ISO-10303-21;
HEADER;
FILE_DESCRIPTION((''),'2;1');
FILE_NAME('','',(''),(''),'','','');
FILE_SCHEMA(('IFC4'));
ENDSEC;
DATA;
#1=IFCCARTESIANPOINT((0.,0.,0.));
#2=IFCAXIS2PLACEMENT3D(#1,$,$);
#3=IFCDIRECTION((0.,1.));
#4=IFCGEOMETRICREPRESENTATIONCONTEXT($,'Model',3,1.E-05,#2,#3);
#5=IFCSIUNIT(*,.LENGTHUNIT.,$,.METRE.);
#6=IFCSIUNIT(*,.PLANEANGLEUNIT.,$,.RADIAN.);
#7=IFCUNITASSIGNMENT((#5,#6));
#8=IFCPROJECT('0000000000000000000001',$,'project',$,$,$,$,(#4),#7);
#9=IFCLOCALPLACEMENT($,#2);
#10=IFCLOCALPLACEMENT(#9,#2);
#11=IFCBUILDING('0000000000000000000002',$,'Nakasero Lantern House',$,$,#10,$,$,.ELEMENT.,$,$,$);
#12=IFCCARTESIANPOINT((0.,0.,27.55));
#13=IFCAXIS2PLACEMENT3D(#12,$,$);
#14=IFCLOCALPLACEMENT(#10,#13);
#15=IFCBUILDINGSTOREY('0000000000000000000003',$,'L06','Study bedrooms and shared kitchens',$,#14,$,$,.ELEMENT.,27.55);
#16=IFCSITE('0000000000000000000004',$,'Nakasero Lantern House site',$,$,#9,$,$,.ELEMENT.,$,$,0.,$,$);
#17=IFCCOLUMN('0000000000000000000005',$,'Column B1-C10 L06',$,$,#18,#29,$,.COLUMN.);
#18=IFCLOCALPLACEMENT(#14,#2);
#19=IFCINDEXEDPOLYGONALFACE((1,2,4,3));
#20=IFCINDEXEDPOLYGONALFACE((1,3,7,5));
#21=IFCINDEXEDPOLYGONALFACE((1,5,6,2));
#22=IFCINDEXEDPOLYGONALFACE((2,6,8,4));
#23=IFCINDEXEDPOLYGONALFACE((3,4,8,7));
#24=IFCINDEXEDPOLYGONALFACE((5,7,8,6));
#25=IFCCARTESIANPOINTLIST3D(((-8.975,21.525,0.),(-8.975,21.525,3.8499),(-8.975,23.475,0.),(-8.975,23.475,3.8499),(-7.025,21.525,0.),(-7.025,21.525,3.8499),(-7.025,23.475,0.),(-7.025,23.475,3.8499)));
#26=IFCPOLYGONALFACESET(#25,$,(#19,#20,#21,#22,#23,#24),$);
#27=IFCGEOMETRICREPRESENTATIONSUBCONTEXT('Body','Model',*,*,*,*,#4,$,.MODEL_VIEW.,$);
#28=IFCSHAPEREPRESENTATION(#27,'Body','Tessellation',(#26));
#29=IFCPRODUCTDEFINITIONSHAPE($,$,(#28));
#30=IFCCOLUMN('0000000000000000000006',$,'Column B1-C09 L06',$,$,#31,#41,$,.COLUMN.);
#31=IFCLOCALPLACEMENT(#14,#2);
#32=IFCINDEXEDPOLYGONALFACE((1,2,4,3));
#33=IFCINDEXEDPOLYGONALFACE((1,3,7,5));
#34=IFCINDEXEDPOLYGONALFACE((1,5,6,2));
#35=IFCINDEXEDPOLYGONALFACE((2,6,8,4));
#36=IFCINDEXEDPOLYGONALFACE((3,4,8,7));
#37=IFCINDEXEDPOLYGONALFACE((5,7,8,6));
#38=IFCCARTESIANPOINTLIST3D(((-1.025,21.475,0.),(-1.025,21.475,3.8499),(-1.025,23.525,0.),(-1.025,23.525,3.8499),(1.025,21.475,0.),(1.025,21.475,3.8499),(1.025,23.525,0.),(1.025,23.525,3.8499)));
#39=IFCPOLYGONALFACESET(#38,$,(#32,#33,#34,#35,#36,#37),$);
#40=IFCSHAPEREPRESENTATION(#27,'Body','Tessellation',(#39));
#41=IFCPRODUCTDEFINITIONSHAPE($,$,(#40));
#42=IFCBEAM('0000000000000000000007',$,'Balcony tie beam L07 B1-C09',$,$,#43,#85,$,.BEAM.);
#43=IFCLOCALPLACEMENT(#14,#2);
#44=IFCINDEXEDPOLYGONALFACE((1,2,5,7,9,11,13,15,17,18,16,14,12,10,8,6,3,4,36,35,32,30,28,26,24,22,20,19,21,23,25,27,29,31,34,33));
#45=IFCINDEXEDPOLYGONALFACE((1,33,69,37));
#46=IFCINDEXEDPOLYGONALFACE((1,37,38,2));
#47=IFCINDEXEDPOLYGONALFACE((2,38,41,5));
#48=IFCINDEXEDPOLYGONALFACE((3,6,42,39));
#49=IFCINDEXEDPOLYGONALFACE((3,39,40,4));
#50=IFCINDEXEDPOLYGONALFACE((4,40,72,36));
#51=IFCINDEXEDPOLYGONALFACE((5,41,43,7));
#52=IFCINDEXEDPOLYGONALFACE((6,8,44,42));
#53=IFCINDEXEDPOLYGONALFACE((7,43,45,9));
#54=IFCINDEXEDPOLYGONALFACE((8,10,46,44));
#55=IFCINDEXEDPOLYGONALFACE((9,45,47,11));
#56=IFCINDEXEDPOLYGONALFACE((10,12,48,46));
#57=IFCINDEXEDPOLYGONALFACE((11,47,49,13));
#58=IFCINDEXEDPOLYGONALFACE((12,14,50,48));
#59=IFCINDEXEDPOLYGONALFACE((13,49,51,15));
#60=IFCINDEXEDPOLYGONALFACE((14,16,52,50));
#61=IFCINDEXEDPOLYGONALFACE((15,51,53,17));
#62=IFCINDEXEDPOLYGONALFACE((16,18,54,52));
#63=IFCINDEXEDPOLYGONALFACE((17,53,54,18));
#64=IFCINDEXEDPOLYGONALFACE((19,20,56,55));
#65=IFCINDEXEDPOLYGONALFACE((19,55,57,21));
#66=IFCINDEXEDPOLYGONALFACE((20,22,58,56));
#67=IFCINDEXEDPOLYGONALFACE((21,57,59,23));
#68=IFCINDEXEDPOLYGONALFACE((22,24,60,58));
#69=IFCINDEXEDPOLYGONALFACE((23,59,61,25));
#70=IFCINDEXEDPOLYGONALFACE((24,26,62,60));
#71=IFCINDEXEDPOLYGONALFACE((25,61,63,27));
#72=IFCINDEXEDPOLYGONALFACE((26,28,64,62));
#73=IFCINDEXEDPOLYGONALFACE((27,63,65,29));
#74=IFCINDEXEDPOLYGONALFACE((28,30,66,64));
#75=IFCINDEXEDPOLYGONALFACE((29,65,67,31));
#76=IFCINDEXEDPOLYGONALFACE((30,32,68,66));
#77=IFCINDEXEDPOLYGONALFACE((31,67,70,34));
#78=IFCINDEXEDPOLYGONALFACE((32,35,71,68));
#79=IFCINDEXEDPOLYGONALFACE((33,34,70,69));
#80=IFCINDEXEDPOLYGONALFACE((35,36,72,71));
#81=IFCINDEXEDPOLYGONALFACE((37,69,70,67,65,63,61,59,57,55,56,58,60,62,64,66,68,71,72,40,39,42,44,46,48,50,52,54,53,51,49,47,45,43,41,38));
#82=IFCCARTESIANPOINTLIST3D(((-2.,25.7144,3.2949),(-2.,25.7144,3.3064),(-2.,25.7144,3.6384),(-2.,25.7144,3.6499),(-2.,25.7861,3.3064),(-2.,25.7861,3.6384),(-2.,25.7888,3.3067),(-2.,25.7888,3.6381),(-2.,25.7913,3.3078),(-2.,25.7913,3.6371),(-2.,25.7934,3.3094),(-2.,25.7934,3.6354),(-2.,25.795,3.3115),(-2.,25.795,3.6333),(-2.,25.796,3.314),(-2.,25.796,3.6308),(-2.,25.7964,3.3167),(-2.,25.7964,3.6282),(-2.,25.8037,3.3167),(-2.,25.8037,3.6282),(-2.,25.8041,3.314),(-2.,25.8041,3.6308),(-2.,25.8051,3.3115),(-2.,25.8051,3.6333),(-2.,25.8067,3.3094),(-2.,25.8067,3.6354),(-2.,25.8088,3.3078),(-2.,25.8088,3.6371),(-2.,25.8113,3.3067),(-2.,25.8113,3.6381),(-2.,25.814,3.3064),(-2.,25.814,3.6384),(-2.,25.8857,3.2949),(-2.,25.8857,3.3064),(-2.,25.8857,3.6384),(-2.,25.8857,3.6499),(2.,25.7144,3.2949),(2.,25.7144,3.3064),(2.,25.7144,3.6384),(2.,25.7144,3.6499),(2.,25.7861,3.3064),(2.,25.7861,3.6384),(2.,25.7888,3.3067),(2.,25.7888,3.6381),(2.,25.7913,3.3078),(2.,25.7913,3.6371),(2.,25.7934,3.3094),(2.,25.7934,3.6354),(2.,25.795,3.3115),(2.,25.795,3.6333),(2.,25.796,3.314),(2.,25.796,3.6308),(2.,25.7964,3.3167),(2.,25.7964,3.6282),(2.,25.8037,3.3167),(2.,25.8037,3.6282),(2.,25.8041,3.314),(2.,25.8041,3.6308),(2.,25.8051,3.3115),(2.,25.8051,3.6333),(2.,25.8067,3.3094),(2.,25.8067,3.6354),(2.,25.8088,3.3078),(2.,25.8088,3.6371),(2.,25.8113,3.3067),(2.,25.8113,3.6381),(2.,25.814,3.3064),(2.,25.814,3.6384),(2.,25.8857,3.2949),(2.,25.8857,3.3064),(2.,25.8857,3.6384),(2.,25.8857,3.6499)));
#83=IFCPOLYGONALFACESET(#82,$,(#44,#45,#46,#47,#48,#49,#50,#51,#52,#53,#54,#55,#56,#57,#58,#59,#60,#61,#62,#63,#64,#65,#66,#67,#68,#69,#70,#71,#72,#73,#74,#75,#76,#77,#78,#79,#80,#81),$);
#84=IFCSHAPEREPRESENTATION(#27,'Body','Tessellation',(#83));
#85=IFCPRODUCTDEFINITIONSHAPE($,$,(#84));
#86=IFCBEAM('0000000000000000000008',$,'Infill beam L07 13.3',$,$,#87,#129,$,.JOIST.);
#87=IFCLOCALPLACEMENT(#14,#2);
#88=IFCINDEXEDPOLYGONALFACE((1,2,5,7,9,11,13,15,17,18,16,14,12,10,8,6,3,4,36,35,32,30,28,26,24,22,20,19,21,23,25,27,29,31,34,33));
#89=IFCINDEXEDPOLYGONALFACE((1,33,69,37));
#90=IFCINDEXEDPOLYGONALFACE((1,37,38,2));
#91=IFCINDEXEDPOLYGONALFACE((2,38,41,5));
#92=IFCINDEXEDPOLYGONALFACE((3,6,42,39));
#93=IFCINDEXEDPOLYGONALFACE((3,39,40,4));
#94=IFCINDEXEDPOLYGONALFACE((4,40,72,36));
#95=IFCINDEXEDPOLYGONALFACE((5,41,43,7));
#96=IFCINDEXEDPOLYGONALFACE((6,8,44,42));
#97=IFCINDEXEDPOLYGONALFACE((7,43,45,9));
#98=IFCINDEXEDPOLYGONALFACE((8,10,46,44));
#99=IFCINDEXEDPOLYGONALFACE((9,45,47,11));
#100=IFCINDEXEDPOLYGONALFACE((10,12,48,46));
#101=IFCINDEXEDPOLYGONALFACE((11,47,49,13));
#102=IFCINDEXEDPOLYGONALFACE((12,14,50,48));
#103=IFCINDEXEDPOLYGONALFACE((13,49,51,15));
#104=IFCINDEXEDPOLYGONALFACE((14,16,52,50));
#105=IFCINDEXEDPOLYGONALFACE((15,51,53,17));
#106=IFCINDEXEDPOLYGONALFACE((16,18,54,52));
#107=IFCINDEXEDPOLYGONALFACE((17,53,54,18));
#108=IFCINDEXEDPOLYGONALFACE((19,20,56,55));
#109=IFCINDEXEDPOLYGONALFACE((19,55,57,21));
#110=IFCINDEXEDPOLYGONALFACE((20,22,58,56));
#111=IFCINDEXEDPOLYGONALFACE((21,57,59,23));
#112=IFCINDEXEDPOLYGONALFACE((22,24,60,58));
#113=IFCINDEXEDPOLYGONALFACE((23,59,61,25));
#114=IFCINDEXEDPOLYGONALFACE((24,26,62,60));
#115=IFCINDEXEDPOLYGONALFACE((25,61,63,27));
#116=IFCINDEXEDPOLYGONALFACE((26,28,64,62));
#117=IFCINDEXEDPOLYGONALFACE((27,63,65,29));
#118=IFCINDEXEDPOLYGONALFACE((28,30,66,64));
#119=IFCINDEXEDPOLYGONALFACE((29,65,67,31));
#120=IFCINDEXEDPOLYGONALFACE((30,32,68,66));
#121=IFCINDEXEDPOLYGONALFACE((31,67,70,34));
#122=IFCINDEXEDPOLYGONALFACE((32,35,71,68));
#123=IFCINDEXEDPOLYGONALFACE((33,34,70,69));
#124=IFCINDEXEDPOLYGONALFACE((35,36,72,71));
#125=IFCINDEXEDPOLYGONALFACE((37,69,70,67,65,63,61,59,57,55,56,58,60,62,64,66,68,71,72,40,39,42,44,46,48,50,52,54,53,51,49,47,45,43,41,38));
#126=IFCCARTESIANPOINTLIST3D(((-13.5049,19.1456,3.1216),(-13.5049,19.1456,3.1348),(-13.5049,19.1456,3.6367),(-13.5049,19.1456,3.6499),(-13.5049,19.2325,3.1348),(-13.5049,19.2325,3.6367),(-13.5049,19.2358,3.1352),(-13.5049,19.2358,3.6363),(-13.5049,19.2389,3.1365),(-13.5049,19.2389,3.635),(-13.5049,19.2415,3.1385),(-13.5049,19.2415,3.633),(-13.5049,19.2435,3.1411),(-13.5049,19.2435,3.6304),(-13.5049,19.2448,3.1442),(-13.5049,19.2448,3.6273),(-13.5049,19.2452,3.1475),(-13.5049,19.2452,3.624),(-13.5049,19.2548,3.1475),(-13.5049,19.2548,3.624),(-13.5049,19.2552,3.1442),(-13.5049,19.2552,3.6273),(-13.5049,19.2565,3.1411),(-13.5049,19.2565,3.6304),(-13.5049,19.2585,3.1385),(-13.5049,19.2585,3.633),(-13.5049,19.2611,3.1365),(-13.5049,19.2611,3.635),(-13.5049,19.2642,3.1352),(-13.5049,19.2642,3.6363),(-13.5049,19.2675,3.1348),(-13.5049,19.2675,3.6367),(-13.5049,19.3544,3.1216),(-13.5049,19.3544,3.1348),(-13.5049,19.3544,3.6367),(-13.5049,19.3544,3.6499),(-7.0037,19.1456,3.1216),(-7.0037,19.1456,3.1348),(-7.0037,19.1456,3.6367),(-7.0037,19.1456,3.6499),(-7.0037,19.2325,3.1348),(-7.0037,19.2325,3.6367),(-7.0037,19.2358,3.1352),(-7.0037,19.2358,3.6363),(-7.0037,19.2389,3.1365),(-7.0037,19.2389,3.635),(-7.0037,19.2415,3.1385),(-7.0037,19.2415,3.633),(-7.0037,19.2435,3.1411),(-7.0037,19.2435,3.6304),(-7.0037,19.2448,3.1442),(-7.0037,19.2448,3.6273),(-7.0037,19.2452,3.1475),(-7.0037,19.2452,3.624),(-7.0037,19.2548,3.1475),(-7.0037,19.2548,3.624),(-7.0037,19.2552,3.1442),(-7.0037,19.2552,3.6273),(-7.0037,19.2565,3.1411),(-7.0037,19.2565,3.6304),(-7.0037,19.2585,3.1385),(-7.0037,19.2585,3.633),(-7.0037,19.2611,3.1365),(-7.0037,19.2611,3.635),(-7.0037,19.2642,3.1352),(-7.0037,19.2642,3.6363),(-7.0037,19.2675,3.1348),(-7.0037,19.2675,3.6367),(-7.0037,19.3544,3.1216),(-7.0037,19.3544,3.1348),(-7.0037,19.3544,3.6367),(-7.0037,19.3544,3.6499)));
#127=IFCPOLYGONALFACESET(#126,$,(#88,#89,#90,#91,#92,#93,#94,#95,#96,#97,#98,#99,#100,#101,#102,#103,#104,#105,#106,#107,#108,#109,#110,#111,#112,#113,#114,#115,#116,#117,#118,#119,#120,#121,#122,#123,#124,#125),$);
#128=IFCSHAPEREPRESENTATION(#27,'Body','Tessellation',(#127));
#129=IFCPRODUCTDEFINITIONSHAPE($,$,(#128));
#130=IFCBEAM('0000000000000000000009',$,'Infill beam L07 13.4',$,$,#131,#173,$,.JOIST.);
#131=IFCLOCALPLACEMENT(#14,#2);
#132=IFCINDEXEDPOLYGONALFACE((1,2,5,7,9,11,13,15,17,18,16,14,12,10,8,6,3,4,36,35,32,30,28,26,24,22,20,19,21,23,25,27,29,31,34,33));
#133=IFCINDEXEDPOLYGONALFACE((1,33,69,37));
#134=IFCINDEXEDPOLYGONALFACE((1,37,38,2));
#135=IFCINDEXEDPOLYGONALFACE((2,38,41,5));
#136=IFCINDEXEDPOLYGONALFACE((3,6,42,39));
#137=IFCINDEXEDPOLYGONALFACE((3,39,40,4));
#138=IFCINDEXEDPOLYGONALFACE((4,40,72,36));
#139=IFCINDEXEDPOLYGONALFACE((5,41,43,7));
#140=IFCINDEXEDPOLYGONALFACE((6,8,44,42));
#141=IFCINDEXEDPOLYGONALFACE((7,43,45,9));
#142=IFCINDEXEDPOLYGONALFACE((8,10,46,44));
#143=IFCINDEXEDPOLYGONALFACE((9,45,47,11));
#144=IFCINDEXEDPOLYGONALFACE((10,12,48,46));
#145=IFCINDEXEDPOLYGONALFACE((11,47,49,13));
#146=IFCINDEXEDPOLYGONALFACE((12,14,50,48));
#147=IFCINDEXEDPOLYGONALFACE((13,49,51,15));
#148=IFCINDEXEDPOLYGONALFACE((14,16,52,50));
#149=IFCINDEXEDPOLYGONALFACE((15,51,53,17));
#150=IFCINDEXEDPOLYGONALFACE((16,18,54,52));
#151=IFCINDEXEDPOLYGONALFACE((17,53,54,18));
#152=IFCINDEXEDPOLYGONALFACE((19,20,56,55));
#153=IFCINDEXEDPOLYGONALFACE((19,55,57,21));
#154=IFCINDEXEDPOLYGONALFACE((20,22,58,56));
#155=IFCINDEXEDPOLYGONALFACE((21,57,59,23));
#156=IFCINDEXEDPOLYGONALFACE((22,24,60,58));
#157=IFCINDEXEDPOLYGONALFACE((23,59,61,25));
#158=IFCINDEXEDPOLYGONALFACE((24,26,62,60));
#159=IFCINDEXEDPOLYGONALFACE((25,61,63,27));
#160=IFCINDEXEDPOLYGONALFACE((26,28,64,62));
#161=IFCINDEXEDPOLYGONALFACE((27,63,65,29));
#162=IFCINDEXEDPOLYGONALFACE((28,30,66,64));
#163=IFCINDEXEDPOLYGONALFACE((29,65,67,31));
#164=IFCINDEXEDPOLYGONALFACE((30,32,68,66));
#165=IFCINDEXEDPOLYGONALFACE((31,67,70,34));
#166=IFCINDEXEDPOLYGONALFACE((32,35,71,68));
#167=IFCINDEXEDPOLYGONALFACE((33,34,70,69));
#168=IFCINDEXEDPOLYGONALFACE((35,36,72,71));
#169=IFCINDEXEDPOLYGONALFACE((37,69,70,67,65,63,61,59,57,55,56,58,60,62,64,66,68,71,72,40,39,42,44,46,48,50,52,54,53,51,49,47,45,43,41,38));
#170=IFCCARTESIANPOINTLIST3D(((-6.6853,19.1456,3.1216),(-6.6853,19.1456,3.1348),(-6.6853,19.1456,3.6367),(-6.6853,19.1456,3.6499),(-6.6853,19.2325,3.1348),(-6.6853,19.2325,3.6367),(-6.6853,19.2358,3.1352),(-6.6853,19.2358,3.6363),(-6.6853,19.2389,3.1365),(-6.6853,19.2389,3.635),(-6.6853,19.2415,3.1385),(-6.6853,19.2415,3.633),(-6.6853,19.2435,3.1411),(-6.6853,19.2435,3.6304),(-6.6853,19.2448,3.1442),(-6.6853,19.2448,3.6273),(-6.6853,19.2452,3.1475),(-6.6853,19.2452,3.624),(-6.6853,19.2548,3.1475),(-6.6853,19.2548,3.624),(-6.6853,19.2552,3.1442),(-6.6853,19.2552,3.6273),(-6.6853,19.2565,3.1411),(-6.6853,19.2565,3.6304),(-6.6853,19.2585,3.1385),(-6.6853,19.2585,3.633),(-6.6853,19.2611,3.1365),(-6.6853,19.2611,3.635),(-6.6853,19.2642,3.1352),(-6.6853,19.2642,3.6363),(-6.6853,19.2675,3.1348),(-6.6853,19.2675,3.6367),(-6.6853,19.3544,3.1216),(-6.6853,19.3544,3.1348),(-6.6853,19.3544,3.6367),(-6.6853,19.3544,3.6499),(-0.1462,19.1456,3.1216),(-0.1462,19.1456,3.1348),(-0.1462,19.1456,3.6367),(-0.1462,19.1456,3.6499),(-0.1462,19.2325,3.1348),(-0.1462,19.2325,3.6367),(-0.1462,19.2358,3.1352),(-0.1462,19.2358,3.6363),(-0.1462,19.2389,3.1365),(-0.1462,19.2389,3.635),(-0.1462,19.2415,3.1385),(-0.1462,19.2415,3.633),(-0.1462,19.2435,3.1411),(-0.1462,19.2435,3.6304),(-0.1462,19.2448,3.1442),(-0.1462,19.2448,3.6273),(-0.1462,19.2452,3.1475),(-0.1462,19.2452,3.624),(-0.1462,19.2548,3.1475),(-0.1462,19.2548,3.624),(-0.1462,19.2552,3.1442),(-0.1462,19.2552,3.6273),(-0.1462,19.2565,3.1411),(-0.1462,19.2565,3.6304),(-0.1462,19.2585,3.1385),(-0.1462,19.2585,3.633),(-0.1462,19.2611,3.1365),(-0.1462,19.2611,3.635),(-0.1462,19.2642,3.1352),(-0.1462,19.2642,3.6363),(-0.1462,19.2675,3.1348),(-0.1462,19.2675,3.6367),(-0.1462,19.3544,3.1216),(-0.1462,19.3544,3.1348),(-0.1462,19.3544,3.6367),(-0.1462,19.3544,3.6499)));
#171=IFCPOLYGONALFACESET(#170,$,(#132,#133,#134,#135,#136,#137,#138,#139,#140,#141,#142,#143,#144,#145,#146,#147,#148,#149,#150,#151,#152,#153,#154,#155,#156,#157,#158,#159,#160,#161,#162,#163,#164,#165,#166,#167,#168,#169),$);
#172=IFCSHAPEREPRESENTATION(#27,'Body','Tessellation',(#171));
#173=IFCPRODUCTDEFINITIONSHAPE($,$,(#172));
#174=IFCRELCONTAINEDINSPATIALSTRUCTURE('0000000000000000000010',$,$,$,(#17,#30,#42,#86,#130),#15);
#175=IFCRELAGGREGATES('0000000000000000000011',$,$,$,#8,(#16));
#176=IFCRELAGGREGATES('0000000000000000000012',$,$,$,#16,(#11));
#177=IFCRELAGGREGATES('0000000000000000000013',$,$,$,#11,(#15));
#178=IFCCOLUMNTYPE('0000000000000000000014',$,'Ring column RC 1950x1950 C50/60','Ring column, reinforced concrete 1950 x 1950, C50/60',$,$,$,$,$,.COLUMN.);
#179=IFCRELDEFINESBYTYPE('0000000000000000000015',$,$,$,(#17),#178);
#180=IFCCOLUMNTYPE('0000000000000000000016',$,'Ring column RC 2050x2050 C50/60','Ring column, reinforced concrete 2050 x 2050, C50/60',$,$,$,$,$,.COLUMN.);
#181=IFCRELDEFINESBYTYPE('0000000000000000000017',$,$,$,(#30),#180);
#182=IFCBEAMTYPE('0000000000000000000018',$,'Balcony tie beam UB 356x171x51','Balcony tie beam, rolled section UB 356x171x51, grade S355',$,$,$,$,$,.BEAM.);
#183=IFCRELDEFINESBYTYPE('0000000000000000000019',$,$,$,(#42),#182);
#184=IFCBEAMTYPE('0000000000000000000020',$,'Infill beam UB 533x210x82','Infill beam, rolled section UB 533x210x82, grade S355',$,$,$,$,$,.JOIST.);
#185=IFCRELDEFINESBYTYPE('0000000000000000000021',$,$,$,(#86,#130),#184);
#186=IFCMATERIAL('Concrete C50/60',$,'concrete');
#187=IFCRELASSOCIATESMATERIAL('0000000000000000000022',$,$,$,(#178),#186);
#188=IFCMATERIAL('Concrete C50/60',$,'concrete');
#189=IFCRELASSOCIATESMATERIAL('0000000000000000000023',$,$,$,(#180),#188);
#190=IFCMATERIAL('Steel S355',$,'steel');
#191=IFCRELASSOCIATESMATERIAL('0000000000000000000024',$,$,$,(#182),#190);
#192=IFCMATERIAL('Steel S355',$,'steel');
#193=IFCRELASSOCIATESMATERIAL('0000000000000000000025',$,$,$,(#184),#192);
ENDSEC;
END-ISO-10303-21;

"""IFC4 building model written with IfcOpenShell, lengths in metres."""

from ifc_helpers import new_model, si_unit, direction, frame, origin, origin_2d, place, context, subcontext, project, spatial, rectangle, i_section, extrude, material, material_profile, profile_set, type_object, element, save


model = new_model("IFC4")

# Units and contexts
model_context = context("Model", 3, precision=1e-05, world=origin(), true_north=direction((0.0, 1.0)))
body_context = subcontext(model_context, "Body", "Model", "MODEL_VIEW")
ifc_project = project(units=[si_unit("LENGTHUNIT", "METRE"), si_unit("PLANEANGLEUNIT", "RADIAN")], contexts=[model_context])

# Site, building, storey
site_placement = place(None, origin())
site = spatial("IfcSite", under=ifc_project, at=site_placement, Name="Nakasero Lantern House site", CompositionType="ELEMENT", RefElevation=0.0)
building_placement = place(site_placement, origin())
building = spatial("IfcBuilding", under=site, at=building_placement, Name="Nakasero Lantern House", CompositionType="ELEMENT")
storey_placement = place(building_placement, frame((0.0, 0.0, 27.55)))
storey = spatial("IfcBuildingStorey", under=building, at=storey_placement, Name="L06", Description="Study bedrooms and shared kitchens", CompositionType="ELEMENT", Elevation=27.55)

# Columns
ifc_material_1 = material(Name="Concrete C50/60", Category="concrete")
ifc_material_profile_1 = material_profile(ifc_material_1, rectangle(XDim=1.95, YDim=1.95, at=origin_2d()), Name="RC 1950x1950")
ifc_profile_set_1 = profile_set([ifc_material_profile_1], Name="Concrete C50/60")
column_type_1 = type_object("IfcColumnType", Name="Ring column RC 1950x1950 C50/60", Description="Ring column, reinforced concrete 1950 x 1950, C50/60", PredefinedType="COLUMN", material=ifc_profile_set_1)
column_1_placement = place(storey_placement, frame((-8.0, 22.5, 0.0), z_axis=(0.0, 0.0, 1.0), x_axis=(1.0, 0.0, 0.0)))
element("IfcColumn", 1, at=column_1_placement, inside=storey, type_object=column_type_1, Name="Column B1-C10 L06", PredefinedType="COLUMN", context=body_context, shape_type="SweptSolid", body=[
    extrude(rectangle(XDim=1.95, YDim=1.95, at=origin_2d()), origin(), (0.0, 0.0, 1.0), 3.8499),
])
ifc_material_2 = material(Name="Concrete C50/60", Category="concrete")
ifc_material_profile_2 = material_profile(ifc_material_2, rectangle(XDim=2.05, YDim=2.05, at=origin_2d()), Name="RC 2050x2050")
ifc_profile_set_2 = profile_set([ifc_material_profile_2], Name="Concrete C50/60")
column_type_2 = type_object("IfcColumnType", Name="Ring column RC 2050x2050 C50/60", Description="Ring column, reinforced concrete 2050 x 2050, C50/60", PredefinedType="COLUMN", material=ifc_profile_set_2)
column_2_placement = place(storey_placement, frame((0.0, 22.5, 0.0), z_axis=(0.0, 0.0, 1.0), x_axis=(1.0, 0.0, 0.0)))
element("IfcColumn", 2, at=column_2_placement, inside=storey, type_object=column_type_2, Name="Column B1-C09 L06", PredefinedType="COLUMN", context=body_context, shape_type="SweptSolid", body=[
    extrude(rectangle(XDim=2.05, YDim=2.05, at=origin_2d()), origin(), (0.0, 0.0, 1.0), 3.8499),
])

# Beams
ifc_material_3 = material(Name="Steel S355", Category="steel")
ifc_material_profile_3 = material_profile(ifc_material_3, i_section(OverallWidth=0.1714, OverallDepth=0.355, WebThickness=0.0073, FlangeThickness=0.0115, FilletRadius=0.0103, at=origin_2d()), Name="UB 356x171x51")
ifc_profile_set_3 = profile_set([ifc_material_profile_3], Name="Steel S355")
beam_type_1 = type_object("IfcBeamType", Name="Balcony tie beam UB 356x171x51", Description="Balcony tie beam, rolled section UB 356x171x51, grade S355", PredefinedType="BEAM", material=ifc_profile_set_3)
beam_1_placement = place(storey_placement, frame((-2.0, 25.8, 3.4724), z_axis=(1.0, 0.0, 0.0), x_axis=(0.0, 1.0, 0.0)))
element("IfcBeam", 3, at=beam_1_placement, inside=storey, type_object=beam_type_1, Name="Balcony tie beam L07 B1-C09", PredefinedType="BEAM", context=body_context, shape_type="SweptSolid", body=[
    extrude(i_section(OverallWidth=0.1714, OverallDepth=0.355, WebThickness=0.0073, FlangeThickness=0.0115, FilletRadius=0.0103, at=origin_2d()), origin(), (0.0, 0.0, 1.0), 4.0),
])
ifc_material_4 = material(Name="Steel S355", Category="steel")
ifc_material_profile_4 = material_profile(ifc_material_4, i_section(OverallWidth=0.2087, OverallDepth=0.5283, WebThickness=0.0095, FlangeThickness=0.0132, FilletRadius=0.0127, at=origin_2d()), Name="UB 533x210x82")
ifc_profile_set_4 = profile_set([ifc_material_profile_4], Name="Steel S355")
beam_type_2 = type_object("IfcBeamType", Name="Infill beam UB 533x210x82", Description="Infill beam, rolled section UB 533x210x82, grade S355", PredefinedType="JOIST", material=ifc_profile_set_4)
beam_2_placement = place(storey_placement, frame((-13.5049, 19.25, 3.3857), z_axis=(1.0, 0.0, 0.0), x_axis=(0.0, 1.0, 0.0)))
element("IfcBeam", 4, at=beam_2_placement, inside=storey, type_object=beam_type_2, Name="Infill beam L07 13.3", PredefinedType="JOIST", context=body_context, shape_type="SweptSolid", body=[
    extrude(i_section(OverallWidth=0.2087, OverallDepth=0.5283, WebThickness=0.0095, FlangeThickness=0.0132, FilletRadius=0.0127, at=origin_2d()), origin(), (0.0, 0.0, 1.0), 6.5012),
])
beam_3_placement = place(storey_placement, frame((-6.6853, 19.25, 3.3857), z_axis=(1.0, 0.0, 0.0), x_axis=(0.0, 1.0, 0.0)))
element("IfcBeam", 5, at=beam_3_placement, inside=storey, type_object=beam_type_2, Name="Infill beam L07 13.4", PredefinedType="JOIST", context=body_context, shape_type="SweptSolid", body=[
    extrude(i_section(OverallWidth=0.2087, OverallDepth=0.5283, WebThickness=0.0095, FlangeThickness=0.0132, FilletRadius=0.0127, at=origin_2d()), origin(), (0.0, 0.0, 1.0), 6.5391),
])

save(model, "model.ifc")
